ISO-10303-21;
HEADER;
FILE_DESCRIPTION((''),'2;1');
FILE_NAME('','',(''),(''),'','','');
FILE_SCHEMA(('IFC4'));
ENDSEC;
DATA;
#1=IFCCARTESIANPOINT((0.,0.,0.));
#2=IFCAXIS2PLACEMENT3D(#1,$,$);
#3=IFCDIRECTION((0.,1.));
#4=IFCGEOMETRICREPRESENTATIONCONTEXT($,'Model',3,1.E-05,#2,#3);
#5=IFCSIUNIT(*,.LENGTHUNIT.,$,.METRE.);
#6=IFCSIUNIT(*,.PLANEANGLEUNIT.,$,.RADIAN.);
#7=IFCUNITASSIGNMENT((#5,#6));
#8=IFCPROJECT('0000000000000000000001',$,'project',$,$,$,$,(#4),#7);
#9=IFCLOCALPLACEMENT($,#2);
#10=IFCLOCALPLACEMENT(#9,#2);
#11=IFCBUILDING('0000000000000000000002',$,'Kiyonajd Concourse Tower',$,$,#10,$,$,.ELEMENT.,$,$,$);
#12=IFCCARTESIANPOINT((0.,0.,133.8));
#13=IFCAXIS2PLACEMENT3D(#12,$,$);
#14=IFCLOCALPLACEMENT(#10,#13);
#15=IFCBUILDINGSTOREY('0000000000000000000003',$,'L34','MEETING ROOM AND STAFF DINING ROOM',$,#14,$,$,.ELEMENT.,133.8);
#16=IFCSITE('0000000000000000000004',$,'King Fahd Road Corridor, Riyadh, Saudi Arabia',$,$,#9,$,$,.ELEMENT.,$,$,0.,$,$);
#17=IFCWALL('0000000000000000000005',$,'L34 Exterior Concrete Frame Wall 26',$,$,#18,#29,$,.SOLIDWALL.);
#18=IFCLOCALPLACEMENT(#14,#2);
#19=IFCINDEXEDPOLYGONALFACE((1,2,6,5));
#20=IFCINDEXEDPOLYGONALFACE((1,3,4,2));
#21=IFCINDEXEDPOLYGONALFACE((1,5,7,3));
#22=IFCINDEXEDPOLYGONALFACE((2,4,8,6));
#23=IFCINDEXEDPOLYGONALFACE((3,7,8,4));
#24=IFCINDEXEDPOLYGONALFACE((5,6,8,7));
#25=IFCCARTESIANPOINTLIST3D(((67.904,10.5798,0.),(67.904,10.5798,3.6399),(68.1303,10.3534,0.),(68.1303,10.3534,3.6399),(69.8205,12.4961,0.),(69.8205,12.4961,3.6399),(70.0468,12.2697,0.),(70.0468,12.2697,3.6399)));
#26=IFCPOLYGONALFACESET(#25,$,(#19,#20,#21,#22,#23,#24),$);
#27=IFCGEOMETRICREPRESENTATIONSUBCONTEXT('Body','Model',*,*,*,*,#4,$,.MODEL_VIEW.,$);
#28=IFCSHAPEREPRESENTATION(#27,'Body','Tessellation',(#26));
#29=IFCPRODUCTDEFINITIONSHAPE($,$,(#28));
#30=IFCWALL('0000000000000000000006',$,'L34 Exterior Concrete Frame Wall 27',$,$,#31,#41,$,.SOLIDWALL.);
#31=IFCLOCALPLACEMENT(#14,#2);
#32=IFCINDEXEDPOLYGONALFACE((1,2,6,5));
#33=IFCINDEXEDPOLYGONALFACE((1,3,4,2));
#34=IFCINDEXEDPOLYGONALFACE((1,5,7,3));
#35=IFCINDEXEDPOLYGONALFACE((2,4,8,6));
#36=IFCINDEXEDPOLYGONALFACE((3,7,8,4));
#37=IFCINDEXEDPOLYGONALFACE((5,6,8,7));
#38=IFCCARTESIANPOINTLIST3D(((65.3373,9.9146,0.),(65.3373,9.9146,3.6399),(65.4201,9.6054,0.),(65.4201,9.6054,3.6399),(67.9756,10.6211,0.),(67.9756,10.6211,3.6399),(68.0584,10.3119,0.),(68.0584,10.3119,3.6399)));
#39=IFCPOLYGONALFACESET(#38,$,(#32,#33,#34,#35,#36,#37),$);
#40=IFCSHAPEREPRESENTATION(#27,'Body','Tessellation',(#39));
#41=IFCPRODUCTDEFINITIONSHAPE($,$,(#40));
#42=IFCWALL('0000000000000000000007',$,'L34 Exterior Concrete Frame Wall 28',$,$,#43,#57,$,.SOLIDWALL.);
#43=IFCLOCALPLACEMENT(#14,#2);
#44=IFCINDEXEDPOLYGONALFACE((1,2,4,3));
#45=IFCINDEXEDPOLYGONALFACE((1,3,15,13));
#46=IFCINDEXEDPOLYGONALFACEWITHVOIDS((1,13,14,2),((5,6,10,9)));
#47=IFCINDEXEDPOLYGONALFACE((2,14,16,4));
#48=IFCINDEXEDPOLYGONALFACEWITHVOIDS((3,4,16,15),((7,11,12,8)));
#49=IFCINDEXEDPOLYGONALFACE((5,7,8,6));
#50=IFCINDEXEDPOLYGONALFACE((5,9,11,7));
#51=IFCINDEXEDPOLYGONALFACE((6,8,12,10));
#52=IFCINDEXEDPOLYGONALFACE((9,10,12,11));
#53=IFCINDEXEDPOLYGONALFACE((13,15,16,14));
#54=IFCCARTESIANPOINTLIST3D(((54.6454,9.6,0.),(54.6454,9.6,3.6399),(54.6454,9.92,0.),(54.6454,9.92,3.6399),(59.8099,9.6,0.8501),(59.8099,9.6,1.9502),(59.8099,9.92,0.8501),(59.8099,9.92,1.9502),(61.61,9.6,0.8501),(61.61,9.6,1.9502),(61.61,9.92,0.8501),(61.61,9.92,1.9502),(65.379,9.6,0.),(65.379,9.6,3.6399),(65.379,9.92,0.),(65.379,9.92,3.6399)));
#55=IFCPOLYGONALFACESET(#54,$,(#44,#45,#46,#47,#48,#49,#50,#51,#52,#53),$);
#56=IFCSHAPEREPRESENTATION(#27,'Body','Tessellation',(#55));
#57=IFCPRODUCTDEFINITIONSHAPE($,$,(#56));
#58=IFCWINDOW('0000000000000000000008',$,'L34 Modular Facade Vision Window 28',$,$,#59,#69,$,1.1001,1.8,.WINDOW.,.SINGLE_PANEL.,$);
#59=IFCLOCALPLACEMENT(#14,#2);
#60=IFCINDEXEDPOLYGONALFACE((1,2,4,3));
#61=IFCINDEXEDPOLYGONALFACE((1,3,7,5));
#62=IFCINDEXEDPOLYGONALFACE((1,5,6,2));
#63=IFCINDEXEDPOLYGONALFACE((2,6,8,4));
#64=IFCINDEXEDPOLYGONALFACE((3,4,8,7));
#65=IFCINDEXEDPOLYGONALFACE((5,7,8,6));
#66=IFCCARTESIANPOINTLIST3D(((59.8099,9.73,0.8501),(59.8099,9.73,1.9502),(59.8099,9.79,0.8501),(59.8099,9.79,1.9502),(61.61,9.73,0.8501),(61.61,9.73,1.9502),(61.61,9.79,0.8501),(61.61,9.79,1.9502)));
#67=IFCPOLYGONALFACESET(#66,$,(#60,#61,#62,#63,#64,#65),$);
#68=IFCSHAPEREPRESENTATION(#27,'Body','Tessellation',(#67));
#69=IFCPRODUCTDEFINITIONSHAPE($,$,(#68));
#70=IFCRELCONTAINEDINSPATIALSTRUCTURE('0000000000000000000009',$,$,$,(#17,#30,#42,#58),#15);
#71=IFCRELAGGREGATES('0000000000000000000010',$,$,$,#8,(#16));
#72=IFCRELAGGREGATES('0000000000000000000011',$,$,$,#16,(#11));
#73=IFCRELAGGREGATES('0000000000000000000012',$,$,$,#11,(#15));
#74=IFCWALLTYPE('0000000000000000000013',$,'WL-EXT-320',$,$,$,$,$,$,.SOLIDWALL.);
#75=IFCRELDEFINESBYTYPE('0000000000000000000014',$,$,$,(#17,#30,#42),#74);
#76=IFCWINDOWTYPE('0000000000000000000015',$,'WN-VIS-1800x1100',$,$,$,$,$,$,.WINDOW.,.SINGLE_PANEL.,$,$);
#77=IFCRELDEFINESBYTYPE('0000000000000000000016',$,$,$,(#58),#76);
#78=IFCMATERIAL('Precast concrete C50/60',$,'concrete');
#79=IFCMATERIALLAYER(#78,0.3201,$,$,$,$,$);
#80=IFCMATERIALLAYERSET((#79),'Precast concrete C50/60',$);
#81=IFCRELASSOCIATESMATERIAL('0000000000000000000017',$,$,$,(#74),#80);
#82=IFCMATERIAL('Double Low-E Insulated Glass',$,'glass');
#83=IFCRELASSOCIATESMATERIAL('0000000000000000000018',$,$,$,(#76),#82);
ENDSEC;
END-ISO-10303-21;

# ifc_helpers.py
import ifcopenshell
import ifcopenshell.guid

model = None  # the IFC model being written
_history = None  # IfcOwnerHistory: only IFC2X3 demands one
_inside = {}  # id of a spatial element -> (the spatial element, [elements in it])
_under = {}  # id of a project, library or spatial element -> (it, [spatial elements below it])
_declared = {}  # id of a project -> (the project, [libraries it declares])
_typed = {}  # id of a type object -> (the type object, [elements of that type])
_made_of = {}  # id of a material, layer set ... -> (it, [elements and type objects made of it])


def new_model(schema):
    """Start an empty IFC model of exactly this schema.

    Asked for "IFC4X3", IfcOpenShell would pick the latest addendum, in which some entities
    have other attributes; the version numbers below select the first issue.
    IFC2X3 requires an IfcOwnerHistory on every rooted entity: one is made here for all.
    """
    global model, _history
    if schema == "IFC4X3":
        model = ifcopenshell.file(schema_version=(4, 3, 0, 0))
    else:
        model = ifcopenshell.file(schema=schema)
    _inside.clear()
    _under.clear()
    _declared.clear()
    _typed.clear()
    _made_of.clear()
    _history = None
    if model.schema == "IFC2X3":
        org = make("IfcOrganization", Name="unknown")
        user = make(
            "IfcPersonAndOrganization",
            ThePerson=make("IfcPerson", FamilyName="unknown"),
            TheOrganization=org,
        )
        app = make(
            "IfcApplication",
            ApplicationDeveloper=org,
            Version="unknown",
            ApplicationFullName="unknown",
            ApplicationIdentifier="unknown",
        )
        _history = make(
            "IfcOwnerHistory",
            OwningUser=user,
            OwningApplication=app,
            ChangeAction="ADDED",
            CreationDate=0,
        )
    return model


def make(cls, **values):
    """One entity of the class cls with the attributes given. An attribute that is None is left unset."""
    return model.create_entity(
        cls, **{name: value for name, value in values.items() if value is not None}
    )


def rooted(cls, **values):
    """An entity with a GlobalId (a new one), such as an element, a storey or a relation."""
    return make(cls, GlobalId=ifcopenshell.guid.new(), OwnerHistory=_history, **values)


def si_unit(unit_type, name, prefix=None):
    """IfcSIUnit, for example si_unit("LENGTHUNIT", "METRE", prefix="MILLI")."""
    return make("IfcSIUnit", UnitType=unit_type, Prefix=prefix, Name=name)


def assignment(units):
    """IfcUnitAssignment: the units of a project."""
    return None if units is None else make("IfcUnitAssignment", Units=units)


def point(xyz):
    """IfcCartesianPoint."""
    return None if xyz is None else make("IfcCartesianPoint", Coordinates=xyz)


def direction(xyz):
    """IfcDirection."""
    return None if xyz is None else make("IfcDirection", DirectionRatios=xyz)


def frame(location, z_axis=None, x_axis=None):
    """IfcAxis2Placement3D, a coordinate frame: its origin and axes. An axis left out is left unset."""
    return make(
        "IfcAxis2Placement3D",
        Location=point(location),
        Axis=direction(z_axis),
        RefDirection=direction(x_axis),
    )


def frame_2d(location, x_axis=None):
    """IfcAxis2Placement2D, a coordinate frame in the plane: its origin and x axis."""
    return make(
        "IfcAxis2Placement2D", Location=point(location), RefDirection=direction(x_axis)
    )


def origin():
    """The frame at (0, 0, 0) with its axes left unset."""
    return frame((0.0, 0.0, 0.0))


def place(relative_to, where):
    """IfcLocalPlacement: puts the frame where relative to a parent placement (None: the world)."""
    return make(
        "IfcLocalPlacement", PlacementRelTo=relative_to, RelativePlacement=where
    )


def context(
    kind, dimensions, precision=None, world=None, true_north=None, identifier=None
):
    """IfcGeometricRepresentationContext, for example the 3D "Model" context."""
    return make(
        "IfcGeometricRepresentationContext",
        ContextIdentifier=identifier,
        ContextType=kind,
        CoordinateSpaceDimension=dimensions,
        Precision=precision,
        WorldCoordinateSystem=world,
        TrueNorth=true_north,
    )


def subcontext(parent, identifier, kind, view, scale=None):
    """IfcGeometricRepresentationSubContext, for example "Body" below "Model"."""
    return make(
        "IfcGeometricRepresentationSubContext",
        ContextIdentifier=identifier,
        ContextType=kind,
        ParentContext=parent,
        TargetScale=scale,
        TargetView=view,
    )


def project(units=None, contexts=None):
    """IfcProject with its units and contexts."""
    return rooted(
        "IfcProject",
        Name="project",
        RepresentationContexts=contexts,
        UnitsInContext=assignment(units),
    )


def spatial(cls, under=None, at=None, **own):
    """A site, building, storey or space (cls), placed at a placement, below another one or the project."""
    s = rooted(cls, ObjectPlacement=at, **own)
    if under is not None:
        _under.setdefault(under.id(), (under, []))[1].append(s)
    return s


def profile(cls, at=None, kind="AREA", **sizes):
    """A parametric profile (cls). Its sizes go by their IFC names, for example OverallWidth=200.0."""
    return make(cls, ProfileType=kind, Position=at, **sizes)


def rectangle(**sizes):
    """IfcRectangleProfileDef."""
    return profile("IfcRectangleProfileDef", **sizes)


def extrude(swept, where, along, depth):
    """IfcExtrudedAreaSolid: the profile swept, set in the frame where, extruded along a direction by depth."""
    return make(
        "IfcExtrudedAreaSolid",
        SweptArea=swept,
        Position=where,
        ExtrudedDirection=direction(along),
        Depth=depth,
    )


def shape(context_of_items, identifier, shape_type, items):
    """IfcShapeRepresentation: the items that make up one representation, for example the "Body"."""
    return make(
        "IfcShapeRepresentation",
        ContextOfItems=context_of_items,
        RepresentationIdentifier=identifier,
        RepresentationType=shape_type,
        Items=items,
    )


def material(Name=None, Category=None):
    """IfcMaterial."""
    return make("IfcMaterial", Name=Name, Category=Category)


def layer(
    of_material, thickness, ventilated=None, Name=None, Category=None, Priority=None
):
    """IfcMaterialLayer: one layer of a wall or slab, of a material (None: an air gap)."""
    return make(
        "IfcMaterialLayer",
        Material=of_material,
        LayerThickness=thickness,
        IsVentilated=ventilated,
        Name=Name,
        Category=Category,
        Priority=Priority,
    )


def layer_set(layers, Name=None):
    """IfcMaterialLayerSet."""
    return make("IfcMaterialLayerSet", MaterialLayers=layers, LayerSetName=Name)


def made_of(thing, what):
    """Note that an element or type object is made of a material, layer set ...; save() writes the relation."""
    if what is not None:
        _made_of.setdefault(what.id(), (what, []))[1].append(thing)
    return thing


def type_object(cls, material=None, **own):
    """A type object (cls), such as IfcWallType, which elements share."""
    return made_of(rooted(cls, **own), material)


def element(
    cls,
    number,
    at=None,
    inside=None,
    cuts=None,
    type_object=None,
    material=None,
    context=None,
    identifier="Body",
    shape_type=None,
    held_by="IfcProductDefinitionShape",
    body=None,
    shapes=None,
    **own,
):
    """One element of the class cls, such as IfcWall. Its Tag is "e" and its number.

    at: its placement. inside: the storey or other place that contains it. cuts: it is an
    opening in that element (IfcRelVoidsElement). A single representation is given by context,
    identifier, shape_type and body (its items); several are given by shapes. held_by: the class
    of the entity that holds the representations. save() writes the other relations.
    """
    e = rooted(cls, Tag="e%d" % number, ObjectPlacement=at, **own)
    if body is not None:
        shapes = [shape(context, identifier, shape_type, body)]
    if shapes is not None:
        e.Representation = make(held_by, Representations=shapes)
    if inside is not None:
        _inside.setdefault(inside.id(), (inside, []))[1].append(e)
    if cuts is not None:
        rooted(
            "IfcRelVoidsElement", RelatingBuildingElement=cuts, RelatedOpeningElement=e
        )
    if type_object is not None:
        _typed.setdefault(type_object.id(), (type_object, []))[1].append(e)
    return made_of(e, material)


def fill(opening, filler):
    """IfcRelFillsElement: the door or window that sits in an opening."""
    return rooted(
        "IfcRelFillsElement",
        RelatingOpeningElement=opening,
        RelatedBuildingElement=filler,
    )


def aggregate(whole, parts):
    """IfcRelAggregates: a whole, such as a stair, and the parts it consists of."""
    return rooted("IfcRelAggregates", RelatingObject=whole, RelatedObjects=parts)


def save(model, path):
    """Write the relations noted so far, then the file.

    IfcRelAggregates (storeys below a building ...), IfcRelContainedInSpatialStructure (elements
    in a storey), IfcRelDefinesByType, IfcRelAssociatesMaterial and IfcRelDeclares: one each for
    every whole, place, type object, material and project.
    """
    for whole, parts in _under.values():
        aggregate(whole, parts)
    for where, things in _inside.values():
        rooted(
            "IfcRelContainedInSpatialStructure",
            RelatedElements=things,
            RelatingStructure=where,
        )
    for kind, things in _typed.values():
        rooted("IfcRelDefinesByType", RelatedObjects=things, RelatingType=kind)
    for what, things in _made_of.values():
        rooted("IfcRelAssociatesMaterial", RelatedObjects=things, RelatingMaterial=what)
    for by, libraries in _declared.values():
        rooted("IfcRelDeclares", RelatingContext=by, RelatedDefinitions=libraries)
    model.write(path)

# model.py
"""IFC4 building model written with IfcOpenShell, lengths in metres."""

from ifc_helpers import new_model, si_unit, direction, frame, frame_2d, origin, place, context, subcontext, project, spatial, rectangle, extrude, material, layer, layer_set, type_object, element, fill, save


model = new_model("IFC4")

# Units and contexts
model_context = context("Model", 3, precision=1e-05, world=origin(), true_north=direction((0.0, 1.0)))
body_context = subcontext(model_context, "Body", "Model", "MODEL_VIEW")
ifc_project = project(units=[si_unit("LENGTHUNIT", "METRE"), si_unit("PLANEANGLEUNIT", "RADIAN")], contexts=[model_context])

# Site, building, storey
site_placement = place(None, origin())
site = spatial("IfcSite", under=ifc_project, at=site_placement, Name="King Fahd Road Corridor, Riyadh, Saudi Arabia", CompositionType="ELEMENT", RefElevation=0.0)
building_placement = place(site_placement, origin())
building = spatial("IfcBuilding", under=site, at=building_placement, Name="Kiyonajd Concourse Tower", CompositionType="ELEMENT")
storey_placement = place(building_placement, frame((0.0, 0.0, 133.8)))
storey = spatial("IfcBuildingStorey", under=building, at=storey_placement, Name="L34", Description="MEETING ROOM AND STAFF DINING ROOM", CompositionType="ELEMENT", Elevation=133.8)

# Shared definitions
ifc_material_1 = material(Name="Precast concrete C50/60", Category="concrete")

# Shared definitions
ifc_material_2 = material(Name="Double Low-E Insulated Glass", Category="glass")

# Walls
ifc_layer_1 = layer(ifc_material_1, 0.3201)
ifc_layer_set_1 = layer_set([ifc_layer_1], Name="Precast concrete C50/60")
wall_type = type_object("IfcWallType", Name="WL-EXT-320", PredefinedType="SOLIDWALL", material=ifc_layer_set_1)
wall_1_placement = place(storey_placement, frame((69.9336, 12.3828, 0.0), z_axis=(0.0, 0.0, 1.0), x_axis=(-0.707152, -0.707062, 0.0)))
element("IfcWall", 1, at=wall_1_placement, inside=storey, type_object=wall_type, Name="L34 Exterior Concrete Frame Wall 26", PredefinedType="SOLIDWALL", context=body_context, shape_type="SweptSolid", body=[
    extrude(rectangle(XDim=2.7102, YDim=0.3201, at=frame_2d((1.355, 0.0))), origin(), (0.0, 0.0, 1.0), 3.6399),
])
wall_2_placement = place(storey_placement, frame((68.0171, 10.4666, 0.0), z_axis=(0.0, 0.0, 1.0), x_axis=(-0.965958, -0.258697, 0.0)))
element("IfcWall", 2, at=wall_2_placement, inside=storey, type_object=wall_type, Name="L34 Exterior Concrete Frame Wall 27", PredefinedType="SOLIDWALL", context=body_context, shape_type="SweptSolid", body=[
    extrude(rectangle(XDim=2.7312, YDim=0.3201, at=frame_2d((1.3657, 0.0))), origin(), (0.0, 0.0, 1.0), 3.6399),
])

# Wall, opening, window
wall_3_placement = place(storey_placement, frame((65.3789, 9.76, 0.0), z_axis=(0.0, 0.0, 1.0), x_axis=(-1.0, 0.0, 0.0)))
wall_3 = element("IfcWall", 3, at=wall_3_placement, inside=storey, type_object=wall_type, Name="L34 Exterior Concrete Frame Wall 28", PredefinedType="SOLIDWALL", context=body_context, shape_type="SweptSolid", body=[
    extrude(rectangle(XDim=10.7336, YDim=0.3201, at=frame_2d((5.3667, 0.0))), origin(), (0.0, 0.0, 1.0), 3.6399),
])
opening_placement = place(wall_3_placement, frame((3.769, 0.0, 0.8501)))
opening = element("IfcOpeningElement", 4, at=opening_placement, cuts=wall_3, PredefinedType="OPENING", context=body_context, shape_type="SweptSolid", body=[
    extrude(rectangle(XDim=1.8, YDim=1.1001, at=frame_2d((0.8999, 0.55))), frame((0.0, 0.1699, 0.0), z_axis=(0.0, -1.0, 0.0), x_axis=(1.0, 0.0, 0.0)), (0.0, 0.0, 1.0), 0.3401),
])
window_type = type_object("IfcWindowType", Name="WN-VIS-1800x1100", PartitioningType="SINGLE_PANEL", PredefinedType="WINDOW", material=ifc_material_2)
window_placement = place(opening_placement, origin())
window = element("IfcWindow", 5, at=window_placement, inside=storey, type_object=window_type, Name="L34 Modular Facade Vision Window 28", OverallHeight=1.1001, OverallWidth=1.8, PartitioningType="SINGLE_PANEL", PredefinedType="WINDOW", context=body_context, shape_type="SweptSolid", body=[
    extrude(rectangle(XDim=1.8, YDim=1.1001, at=frame_2d((0.8999, 0.55))), frame((0.0, 0.03, 0.0), z_axis=(0.0, -1.0, 0.0), x_axis=(1.0, 0.0, 0.0)), (0.0, 0.0, 1.0), 0.0601),
])
fill(opening, window)

save(model, "model.ifc")
